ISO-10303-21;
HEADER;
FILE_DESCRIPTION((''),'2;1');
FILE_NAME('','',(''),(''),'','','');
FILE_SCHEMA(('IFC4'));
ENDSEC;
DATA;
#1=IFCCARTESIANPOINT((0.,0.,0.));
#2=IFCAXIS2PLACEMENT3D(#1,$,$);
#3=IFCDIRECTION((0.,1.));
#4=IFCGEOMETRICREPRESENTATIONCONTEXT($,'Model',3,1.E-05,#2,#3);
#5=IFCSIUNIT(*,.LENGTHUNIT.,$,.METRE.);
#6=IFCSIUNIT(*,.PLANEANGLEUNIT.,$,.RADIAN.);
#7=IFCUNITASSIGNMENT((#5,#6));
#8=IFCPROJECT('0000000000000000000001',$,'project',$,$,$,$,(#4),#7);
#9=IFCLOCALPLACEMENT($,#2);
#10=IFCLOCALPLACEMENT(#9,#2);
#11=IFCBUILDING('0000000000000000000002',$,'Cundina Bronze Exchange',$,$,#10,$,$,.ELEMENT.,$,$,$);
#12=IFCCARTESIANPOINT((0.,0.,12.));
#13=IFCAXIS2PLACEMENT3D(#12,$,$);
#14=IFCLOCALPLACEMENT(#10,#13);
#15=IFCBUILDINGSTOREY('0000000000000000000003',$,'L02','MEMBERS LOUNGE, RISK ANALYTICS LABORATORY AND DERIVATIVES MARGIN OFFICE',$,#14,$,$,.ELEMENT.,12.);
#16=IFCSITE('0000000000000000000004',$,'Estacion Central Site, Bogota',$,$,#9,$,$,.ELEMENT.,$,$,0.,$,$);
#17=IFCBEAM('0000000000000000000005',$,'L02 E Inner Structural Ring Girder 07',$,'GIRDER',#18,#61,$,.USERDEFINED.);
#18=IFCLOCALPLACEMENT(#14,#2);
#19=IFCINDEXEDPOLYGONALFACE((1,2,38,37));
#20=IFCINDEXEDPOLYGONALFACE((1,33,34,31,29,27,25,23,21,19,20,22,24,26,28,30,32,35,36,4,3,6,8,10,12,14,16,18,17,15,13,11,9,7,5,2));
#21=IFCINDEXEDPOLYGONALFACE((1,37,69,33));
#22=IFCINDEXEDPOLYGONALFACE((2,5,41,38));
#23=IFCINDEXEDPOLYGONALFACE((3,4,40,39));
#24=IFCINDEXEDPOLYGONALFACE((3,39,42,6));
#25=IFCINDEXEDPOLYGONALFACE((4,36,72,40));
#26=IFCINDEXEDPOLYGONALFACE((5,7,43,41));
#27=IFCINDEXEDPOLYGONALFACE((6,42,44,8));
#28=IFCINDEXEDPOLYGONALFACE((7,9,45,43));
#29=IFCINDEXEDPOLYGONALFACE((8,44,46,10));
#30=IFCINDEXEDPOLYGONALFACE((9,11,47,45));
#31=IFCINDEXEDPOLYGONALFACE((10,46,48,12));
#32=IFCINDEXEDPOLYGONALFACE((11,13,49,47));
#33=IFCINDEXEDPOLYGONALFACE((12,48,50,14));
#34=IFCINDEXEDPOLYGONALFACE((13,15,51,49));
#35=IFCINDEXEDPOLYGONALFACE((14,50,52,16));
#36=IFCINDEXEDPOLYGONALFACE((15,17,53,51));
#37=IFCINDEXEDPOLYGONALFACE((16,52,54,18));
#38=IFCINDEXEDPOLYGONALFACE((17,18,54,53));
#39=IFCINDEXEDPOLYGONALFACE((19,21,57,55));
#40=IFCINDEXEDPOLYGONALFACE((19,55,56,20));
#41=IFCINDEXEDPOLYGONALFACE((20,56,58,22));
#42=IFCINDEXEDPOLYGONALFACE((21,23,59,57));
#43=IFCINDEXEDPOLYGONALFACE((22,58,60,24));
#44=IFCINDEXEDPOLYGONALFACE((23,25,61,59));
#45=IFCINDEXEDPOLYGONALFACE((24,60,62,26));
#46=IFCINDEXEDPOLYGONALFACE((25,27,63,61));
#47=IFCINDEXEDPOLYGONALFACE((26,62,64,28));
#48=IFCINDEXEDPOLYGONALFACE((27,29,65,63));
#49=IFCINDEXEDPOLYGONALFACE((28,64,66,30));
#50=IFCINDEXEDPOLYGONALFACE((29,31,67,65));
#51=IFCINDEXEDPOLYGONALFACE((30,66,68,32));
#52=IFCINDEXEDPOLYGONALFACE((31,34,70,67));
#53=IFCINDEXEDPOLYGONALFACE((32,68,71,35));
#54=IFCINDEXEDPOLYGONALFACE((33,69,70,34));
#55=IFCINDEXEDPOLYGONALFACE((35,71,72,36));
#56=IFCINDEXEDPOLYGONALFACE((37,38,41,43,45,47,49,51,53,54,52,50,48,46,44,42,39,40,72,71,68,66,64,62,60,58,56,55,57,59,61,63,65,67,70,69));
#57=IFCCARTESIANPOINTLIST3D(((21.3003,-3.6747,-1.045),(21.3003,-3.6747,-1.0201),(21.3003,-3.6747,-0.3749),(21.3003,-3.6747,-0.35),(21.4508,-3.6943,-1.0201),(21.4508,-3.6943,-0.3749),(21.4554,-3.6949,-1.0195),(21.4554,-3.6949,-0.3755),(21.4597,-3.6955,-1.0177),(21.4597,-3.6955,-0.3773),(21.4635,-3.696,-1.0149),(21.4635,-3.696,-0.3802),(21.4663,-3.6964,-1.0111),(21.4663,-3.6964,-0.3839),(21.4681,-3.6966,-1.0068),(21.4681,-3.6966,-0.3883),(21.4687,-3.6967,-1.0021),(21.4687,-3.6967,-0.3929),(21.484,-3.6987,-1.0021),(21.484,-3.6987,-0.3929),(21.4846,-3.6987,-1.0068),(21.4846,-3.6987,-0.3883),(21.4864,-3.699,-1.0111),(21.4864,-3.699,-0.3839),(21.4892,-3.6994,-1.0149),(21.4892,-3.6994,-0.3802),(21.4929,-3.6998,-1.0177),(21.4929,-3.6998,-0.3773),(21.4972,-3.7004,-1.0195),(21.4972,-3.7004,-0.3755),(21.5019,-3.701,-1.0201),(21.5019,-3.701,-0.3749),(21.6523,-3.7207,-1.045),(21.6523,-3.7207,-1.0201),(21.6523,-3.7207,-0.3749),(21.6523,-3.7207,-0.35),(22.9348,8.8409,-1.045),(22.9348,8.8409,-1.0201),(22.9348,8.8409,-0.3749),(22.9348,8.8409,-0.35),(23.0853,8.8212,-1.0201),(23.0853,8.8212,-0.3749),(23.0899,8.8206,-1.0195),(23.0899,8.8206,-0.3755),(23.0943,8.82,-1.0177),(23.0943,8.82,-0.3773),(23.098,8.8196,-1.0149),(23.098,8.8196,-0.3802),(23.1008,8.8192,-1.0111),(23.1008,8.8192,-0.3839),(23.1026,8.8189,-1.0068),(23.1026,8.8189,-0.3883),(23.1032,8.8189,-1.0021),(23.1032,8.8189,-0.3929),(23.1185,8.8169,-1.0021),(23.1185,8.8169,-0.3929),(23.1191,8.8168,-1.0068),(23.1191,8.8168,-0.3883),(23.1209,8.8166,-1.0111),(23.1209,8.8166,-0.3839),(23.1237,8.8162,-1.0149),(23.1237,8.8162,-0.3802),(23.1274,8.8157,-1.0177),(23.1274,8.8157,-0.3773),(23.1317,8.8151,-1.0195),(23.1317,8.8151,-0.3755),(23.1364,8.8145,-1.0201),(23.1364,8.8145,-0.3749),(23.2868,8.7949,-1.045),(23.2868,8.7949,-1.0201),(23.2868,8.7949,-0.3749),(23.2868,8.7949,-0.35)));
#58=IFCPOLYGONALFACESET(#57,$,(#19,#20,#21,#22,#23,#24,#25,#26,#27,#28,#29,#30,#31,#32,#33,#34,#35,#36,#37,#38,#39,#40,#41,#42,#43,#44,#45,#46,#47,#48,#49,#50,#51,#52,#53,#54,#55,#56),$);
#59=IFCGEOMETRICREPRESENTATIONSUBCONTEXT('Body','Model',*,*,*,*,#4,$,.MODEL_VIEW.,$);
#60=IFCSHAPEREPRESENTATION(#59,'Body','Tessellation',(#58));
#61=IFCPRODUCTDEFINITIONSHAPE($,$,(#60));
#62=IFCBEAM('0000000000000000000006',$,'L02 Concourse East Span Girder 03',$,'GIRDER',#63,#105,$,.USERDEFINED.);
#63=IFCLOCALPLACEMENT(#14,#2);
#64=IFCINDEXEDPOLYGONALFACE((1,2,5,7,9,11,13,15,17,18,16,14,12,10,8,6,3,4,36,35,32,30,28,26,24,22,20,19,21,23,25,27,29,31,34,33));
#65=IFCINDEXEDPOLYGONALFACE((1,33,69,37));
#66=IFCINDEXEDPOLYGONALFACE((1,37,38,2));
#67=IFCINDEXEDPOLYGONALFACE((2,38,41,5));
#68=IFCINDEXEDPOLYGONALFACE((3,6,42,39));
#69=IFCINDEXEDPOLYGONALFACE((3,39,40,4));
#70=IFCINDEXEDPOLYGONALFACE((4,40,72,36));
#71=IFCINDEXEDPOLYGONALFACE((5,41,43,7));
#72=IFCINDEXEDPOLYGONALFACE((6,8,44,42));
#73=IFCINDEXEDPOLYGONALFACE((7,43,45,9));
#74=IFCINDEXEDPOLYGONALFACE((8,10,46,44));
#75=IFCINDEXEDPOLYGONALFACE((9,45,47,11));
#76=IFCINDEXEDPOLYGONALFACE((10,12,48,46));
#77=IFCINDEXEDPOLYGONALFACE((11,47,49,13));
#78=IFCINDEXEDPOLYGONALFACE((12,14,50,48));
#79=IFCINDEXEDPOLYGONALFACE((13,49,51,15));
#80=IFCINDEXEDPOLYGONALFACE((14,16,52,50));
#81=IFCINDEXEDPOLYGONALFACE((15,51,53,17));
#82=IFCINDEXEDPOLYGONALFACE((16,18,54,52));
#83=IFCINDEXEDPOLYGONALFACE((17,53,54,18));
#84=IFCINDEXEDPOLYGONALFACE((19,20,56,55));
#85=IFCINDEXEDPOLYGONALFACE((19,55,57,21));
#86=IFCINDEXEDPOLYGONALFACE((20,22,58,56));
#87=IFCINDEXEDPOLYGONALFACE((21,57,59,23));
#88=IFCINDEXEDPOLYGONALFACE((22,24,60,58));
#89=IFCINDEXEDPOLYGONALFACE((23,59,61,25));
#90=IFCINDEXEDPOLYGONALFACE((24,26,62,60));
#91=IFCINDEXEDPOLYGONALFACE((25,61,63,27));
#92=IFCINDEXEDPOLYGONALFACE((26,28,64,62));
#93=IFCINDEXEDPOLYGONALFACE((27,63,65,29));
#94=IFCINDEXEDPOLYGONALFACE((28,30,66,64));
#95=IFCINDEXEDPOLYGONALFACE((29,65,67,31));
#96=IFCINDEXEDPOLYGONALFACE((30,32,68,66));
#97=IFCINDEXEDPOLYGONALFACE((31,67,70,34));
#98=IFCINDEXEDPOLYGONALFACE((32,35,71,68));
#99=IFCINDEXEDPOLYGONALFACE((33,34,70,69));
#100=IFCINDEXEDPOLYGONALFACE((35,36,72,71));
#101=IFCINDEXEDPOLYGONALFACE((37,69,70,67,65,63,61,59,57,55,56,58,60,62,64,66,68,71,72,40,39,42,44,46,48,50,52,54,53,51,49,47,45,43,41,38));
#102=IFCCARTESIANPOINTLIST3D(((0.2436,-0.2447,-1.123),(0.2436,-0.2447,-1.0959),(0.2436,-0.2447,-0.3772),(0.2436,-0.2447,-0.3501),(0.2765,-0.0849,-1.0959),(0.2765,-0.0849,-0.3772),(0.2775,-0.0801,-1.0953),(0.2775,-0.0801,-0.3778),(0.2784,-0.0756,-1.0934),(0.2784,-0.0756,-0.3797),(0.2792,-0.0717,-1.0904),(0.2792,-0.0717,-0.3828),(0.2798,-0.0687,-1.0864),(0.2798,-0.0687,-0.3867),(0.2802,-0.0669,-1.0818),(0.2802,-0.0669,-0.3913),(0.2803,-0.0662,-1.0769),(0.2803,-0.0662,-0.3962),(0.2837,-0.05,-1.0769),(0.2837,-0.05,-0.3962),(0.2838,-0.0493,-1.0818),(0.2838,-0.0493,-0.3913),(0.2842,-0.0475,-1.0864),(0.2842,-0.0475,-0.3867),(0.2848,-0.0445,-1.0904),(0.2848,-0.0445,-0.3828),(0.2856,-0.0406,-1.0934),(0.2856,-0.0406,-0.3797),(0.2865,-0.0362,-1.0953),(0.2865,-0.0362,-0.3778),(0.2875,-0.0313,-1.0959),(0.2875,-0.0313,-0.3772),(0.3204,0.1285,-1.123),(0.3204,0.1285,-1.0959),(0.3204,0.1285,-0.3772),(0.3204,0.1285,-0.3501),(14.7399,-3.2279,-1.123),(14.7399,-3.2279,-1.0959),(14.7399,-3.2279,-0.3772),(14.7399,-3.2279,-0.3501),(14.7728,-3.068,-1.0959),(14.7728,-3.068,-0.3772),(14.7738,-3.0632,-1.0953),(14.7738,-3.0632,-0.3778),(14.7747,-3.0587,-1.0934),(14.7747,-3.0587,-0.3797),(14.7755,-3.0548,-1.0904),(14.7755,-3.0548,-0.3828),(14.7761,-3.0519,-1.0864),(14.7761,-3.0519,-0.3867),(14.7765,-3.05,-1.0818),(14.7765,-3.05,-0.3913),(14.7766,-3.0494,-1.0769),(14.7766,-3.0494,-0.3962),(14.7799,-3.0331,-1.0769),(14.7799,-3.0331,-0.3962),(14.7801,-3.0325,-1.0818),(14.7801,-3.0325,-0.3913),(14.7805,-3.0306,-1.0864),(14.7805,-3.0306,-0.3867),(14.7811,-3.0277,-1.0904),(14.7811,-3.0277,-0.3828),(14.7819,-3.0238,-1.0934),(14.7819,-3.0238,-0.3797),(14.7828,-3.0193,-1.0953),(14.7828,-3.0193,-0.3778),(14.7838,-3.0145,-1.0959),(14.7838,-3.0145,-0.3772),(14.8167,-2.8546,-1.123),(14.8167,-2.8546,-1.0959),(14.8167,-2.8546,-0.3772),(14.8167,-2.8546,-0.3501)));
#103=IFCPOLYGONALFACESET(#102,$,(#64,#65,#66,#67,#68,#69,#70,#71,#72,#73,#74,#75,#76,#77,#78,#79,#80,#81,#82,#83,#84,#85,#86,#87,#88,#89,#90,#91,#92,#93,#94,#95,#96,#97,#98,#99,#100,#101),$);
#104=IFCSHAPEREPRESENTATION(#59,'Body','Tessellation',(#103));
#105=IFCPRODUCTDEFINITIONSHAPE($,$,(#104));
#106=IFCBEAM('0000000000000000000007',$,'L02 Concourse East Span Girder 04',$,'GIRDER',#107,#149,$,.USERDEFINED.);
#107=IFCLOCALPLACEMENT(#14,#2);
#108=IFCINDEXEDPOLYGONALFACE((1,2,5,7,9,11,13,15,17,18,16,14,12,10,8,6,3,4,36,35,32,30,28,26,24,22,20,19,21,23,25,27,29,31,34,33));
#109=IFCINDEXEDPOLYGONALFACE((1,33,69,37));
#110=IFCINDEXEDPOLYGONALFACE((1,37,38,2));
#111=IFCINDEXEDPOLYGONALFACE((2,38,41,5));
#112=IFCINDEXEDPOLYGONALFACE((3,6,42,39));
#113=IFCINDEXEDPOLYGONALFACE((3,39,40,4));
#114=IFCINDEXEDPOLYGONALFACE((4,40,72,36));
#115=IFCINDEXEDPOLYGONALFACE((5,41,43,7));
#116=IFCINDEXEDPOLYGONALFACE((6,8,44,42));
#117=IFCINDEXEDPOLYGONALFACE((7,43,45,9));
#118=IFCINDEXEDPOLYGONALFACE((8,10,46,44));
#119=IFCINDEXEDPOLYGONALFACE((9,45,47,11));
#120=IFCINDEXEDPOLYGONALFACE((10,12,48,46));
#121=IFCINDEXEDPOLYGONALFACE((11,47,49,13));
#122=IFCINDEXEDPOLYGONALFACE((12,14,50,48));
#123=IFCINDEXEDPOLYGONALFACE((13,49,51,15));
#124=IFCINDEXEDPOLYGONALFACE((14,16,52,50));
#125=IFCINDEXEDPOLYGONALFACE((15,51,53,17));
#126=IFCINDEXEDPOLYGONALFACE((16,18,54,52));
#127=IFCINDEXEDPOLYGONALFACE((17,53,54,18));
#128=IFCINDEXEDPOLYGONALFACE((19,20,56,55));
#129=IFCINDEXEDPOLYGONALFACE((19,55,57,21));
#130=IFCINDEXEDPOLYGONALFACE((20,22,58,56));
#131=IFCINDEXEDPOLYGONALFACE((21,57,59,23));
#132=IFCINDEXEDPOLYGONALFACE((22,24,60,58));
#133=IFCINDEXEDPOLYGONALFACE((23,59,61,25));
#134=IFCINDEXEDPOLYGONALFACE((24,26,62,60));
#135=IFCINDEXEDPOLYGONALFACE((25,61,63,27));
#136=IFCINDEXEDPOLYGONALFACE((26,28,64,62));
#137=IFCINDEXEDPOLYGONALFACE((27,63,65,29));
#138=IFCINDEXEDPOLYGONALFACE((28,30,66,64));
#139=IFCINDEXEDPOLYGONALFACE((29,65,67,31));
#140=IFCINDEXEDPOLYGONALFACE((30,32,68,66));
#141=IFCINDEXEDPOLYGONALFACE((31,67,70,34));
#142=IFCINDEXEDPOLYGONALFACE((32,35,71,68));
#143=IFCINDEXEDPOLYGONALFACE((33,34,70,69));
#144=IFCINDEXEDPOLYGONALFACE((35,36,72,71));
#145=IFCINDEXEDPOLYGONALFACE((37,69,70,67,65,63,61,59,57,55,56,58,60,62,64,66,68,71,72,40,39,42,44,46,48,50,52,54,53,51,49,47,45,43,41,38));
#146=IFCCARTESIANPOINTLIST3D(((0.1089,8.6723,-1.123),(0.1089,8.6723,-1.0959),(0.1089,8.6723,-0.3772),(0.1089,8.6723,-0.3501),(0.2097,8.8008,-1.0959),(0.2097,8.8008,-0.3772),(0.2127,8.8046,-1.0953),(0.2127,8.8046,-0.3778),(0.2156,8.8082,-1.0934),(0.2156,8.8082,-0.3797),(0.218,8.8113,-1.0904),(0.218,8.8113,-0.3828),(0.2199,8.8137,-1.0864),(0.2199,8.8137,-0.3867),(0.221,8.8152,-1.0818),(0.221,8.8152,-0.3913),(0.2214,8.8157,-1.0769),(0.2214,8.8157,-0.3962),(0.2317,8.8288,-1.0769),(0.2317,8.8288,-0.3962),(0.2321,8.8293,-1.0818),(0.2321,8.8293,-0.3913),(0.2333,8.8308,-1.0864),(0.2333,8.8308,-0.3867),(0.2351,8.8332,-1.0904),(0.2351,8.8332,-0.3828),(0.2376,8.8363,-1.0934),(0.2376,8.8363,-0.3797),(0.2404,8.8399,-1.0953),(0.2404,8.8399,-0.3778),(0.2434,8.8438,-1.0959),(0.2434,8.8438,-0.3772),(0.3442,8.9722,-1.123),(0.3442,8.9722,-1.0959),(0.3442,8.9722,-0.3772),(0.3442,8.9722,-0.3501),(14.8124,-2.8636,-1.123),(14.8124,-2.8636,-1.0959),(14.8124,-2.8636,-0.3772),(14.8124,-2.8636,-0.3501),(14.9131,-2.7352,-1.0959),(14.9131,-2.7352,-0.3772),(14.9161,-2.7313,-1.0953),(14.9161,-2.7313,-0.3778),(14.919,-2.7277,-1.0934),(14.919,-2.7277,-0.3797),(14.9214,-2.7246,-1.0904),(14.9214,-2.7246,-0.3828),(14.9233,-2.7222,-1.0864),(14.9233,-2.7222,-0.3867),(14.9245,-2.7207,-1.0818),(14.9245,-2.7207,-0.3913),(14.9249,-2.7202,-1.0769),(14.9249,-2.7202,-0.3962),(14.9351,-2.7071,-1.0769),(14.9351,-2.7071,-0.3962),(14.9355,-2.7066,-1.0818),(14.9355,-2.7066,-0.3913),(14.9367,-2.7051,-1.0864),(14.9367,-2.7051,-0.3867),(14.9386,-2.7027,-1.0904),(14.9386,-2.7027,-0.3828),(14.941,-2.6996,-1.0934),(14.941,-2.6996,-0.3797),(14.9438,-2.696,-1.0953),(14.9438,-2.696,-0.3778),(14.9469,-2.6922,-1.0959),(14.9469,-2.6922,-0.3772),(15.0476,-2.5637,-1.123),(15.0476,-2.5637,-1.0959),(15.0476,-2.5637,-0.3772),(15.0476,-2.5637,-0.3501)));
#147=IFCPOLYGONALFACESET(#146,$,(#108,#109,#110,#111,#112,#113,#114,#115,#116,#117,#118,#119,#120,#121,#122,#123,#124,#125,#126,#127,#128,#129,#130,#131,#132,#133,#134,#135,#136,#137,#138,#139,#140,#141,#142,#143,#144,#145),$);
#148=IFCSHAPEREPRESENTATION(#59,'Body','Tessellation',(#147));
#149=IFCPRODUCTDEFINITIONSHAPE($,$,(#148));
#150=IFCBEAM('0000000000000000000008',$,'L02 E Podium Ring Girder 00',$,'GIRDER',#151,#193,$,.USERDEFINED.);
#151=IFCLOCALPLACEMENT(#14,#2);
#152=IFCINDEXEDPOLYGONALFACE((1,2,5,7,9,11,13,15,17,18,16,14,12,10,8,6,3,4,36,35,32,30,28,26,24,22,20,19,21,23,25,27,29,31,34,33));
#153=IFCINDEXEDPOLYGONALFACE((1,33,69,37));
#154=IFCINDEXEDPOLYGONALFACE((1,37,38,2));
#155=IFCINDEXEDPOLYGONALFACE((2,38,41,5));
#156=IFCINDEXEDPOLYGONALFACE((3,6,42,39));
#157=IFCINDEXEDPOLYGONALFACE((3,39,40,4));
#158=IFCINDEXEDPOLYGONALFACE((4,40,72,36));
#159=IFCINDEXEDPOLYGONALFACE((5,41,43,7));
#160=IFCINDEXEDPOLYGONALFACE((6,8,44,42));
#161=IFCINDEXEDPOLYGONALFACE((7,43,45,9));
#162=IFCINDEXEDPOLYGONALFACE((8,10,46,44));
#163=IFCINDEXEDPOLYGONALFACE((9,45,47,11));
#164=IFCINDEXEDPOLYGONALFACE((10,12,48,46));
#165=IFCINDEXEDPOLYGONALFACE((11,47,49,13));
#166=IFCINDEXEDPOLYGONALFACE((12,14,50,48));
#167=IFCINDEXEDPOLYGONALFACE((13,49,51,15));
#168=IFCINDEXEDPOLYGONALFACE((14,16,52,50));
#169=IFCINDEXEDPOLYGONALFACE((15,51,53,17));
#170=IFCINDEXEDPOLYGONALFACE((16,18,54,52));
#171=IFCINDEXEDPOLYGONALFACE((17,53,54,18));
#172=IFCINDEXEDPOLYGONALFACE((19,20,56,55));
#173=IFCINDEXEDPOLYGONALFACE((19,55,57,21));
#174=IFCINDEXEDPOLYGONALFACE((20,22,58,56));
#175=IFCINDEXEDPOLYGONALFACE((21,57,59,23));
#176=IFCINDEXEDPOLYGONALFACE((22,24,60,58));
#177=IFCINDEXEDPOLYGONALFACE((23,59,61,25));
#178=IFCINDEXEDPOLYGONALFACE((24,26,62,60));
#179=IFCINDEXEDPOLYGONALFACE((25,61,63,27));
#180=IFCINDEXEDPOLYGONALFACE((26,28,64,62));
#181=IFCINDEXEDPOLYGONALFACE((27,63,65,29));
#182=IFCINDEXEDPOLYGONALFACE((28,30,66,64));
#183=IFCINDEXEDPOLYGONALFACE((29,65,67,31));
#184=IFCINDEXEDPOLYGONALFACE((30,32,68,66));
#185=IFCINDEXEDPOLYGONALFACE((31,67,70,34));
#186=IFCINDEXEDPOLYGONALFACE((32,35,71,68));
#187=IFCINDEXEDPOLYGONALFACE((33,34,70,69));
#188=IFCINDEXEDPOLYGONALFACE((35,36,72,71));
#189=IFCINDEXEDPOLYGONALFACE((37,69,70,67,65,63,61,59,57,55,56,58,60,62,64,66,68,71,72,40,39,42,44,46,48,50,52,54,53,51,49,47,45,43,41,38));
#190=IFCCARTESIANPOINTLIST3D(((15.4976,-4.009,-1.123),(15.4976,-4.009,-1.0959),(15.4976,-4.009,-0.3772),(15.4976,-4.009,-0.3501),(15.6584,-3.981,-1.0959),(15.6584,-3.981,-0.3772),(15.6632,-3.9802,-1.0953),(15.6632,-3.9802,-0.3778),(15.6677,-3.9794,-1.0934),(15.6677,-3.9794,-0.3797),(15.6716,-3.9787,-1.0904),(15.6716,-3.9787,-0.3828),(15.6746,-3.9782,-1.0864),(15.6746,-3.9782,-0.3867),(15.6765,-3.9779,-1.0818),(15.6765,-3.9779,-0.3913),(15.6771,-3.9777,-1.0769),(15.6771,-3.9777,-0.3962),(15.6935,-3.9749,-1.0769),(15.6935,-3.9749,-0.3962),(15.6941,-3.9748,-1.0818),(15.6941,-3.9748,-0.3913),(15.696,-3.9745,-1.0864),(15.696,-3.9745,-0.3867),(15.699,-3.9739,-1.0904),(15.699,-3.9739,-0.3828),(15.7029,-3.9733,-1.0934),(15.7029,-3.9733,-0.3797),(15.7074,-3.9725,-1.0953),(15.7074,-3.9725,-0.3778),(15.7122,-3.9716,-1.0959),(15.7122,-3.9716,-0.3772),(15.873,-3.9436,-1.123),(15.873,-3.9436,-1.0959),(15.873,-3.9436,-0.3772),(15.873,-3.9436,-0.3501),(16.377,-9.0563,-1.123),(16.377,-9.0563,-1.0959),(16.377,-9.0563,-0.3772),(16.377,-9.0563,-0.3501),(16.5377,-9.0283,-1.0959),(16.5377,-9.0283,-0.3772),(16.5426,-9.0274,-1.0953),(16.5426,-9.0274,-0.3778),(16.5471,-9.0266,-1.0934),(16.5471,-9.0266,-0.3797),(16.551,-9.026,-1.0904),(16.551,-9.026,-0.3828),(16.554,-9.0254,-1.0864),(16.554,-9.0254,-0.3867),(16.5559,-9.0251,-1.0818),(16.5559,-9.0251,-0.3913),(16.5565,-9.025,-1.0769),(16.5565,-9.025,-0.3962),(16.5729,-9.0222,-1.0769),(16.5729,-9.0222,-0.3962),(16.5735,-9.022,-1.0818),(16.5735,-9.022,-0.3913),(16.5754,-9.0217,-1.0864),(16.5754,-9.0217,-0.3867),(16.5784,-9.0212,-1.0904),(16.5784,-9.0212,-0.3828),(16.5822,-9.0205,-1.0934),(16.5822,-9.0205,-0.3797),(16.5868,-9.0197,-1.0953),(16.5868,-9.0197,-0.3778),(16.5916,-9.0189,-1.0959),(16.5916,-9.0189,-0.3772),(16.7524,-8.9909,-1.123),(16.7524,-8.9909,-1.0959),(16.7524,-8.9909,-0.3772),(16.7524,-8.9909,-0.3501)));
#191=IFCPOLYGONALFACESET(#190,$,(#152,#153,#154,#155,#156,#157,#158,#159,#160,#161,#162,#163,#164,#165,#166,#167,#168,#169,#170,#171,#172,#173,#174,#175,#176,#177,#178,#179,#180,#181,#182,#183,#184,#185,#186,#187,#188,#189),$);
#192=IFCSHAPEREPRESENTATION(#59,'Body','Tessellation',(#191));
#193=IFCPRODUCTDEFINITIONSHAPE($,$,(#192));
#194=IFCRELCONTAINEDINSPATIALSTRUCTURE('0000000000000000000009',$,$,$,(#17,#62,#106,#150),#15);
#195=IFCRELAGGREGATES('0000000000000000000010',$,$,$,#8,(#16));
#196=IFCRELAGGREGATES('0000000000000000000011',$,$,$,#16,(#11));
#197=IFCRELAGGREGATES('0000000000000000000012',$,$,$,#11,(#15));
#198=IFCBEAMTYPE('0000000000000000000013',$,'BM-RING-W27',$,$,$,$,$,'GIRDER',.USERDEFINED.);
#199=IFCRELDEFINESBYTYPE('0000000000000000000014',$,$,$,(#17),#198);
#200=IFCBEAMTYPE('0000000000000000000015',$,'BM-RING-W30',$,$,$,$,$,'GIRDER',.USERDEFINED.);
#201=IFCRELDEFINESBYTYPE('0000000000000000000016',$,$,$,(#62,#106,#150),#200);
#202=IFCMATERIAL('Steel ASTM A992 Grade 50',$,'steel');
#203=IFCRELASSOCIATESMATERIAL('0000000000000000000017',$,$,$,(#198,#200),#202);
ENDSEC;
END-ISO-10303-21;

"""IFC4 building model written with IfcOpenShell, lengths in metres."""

from ifc_helpers import new_model, si_unit, direction, frame, origin, origin_2d, place, context, subcontext, project, spatial, i_section, extrude, material, material_profile, profile_set, type_object, element, save


model = new_model("IFC4")

# Units and contexts
model_context = context("Model", 3, precision=1e-05, world=origin(), true_north=direction((0.0, 1.0)))
body_context = subcontext(model_context, "Body", "Model", "MODEL_VIEW")
ifc_project = project(units=[si_unit("LENGTHUNIT", "METRE"), si_unit("PLANEANGLEUNIT", "RADIAN")], contexts=[model_context])

# Site, building, storey
site_placement = place(None, origin())
site = spatial("IfcSite", under=ifc_project, at=site_placement, Name="Estacion Central Site, Bogota", CompositionType="ELEMENT", RefElevation=0.0)
building_placement = place(site_placement, origin())
building = spatial("IfcBuilding", under=site, at=building_placement, Name="Cundina Bronze Exchange", CompositionType="ELEMENT")
storey_placement = place(building_placement, frame((0.0, 0.0, 12.0)))
storey = spatial("IfcBuildingStorey", under=building, at=storey_placement, Name="L02", Description="MEMBERS LOUNGE, RISK ANALYTICS LABORATORY AND DERIVATIVES MARGIN OFFICE", CompositionType="ELEMENT", Elevation=12.0)

# Shared definitions
ifc_material_1 = material(Name="Steel ASTM A992 Grade 50", Category="steel")

# Beams
ifc_material_profile_1 = material_profile(ifc_material_1, i_section(OverallWidth=0.355, OverallDepth=0.6951, WebThickness=0.0154, FlangeThickness=0.0249, FilletRadius=0.0181, at=origin_2d()), Name="W27X146", Category="steel")
ifc_profile_set_1 = profile_set([ifc_material_profile_1], Name="Steel ASTM A992 Grade 50")
beam_type_1 = type_object("IfcBeamType", Name="BM-RING-W27", ElementType="GIRDER", PredefinedType="USERDEFINED", material=ifc_profile_set_1)
beam_1_placement = place(storey_placement, frame((23.1108, 8.8179, -0.6975), z_axis=(-0.129499, -0.99158, 0.0), x_axis=(0.99158, -0.129499, 0.0)))
element("IfcBeam", 1, at=beam_1_placement, inside=storey, type_object=beam_type_1, Name="L02 E Inner Structural Ring Girder 07", ObjectType="GIRDER", PredefinedType="USERDEFINED", context=body_context, shape_type="SweptSolid", body=[
    extrude(i_section(OverallWidth=0.355, OverallDepth=0.6951, WebThickness=0.0154, FlangeThickness=0.0249, FilletRadius=0.0181, at=origin_2d()), origin(), (0.0, 0.0, 1.0), 12.6218),
])
ifc_material_profile_2 = material_profile(ifc_material_1, i_section(OverallWidth=0.3811, OverallDepth=0.7729, WebThickness=0.0166, FlangeThickness=0.0271, FilletRadius=0.019, at=origin_2d()), Name="W30X173", Category="steel")
ifc_profile_set_2 = profile_set([ifc_material_profile_2], Name="Steel ASTM A992 Grade 50")
beam_type_2 = type_object("IfcBeamType", Name="BM-RING-W30", ElementType="GIRDER", PredefinedType="USERDEFINED", material=ifc_profile_set_2)
beam_2_placement = place(storey_placement, frame((0.282, -0.0581, -0.7366), z_axis=(0.979476, -0.201563, 0.0), x_axis=(0.201563, 0.979476, 0.0)))
element("IfcBeam", 2, at=beam_2_placement, inside=storey, type_object=beam_type_2, Name="L02 Concourse East Span Girder 03", ObjectType="GIRDER", PredefinedType="USERDEFINED", context=body_context, shape_type="SweptSolid", body=[
    extrude(i_section(OverallWidth=0.3811, OverallDepth=0.7729, WebThickness=0.0166, FlangeThickness=0.0271, FilletRadius=0.019, at=origin_2d()), origin(), (0.0, 0.0, 1.0), 14.8),
])
beam_3_placement = place(storey_placement, frame((0.2266, 8.8223, -0.7366), z_axis=(0.786754, -0.617267, 0.0), x_axis=(0.617267, 0.786754, 0.0)))
element("IfcBeam", 3, at=beam_3_placement, inside=storey, type_object=beam_type_2, Name="L02 Concourse East Span Girder 04", ObjectType="GIRDER", PredefinedType="USERDEFINED", context=body_context, shape_type="SweptSolid", body=[
    extrude(i_section(OverallWidth=0.3811, OverallDepth=0.7729, WebThickness=0.0166, FlangeThickness=0.0271, FilletRadius=0.019, at=origin_2d()), origin(), (0.0, 0.0, 1.0), 18.6887),
])
beam_4_placement = place(storey_placement, frame((15.6853, -3.9763, -0.7366), z_axis=(0.171643, -0.985159, 0.0), x_axis=(0.985159, 0.171643, 0.0)))
element("IfcBeam", 4, at=beam_4_placement, inside=storey, type_object=beam_type_2, Name="L02 E Podium Ring Girder 00", ObjectType="GIRDER", PredefinedType="USERDEFINED", context=body_context, shape_type="SweptSolid", body=[
    extrude(i_section(OverallWidth=0.3811, OverallDepth=0.7729, WebThickness=0.0166, FlangeThickness=0.0271, FilletRadius=0.019, at=origin_2d()), origin(), (0.0, 0.0, 1.0), 5.1233),
])

save(model, "model.ifc")
